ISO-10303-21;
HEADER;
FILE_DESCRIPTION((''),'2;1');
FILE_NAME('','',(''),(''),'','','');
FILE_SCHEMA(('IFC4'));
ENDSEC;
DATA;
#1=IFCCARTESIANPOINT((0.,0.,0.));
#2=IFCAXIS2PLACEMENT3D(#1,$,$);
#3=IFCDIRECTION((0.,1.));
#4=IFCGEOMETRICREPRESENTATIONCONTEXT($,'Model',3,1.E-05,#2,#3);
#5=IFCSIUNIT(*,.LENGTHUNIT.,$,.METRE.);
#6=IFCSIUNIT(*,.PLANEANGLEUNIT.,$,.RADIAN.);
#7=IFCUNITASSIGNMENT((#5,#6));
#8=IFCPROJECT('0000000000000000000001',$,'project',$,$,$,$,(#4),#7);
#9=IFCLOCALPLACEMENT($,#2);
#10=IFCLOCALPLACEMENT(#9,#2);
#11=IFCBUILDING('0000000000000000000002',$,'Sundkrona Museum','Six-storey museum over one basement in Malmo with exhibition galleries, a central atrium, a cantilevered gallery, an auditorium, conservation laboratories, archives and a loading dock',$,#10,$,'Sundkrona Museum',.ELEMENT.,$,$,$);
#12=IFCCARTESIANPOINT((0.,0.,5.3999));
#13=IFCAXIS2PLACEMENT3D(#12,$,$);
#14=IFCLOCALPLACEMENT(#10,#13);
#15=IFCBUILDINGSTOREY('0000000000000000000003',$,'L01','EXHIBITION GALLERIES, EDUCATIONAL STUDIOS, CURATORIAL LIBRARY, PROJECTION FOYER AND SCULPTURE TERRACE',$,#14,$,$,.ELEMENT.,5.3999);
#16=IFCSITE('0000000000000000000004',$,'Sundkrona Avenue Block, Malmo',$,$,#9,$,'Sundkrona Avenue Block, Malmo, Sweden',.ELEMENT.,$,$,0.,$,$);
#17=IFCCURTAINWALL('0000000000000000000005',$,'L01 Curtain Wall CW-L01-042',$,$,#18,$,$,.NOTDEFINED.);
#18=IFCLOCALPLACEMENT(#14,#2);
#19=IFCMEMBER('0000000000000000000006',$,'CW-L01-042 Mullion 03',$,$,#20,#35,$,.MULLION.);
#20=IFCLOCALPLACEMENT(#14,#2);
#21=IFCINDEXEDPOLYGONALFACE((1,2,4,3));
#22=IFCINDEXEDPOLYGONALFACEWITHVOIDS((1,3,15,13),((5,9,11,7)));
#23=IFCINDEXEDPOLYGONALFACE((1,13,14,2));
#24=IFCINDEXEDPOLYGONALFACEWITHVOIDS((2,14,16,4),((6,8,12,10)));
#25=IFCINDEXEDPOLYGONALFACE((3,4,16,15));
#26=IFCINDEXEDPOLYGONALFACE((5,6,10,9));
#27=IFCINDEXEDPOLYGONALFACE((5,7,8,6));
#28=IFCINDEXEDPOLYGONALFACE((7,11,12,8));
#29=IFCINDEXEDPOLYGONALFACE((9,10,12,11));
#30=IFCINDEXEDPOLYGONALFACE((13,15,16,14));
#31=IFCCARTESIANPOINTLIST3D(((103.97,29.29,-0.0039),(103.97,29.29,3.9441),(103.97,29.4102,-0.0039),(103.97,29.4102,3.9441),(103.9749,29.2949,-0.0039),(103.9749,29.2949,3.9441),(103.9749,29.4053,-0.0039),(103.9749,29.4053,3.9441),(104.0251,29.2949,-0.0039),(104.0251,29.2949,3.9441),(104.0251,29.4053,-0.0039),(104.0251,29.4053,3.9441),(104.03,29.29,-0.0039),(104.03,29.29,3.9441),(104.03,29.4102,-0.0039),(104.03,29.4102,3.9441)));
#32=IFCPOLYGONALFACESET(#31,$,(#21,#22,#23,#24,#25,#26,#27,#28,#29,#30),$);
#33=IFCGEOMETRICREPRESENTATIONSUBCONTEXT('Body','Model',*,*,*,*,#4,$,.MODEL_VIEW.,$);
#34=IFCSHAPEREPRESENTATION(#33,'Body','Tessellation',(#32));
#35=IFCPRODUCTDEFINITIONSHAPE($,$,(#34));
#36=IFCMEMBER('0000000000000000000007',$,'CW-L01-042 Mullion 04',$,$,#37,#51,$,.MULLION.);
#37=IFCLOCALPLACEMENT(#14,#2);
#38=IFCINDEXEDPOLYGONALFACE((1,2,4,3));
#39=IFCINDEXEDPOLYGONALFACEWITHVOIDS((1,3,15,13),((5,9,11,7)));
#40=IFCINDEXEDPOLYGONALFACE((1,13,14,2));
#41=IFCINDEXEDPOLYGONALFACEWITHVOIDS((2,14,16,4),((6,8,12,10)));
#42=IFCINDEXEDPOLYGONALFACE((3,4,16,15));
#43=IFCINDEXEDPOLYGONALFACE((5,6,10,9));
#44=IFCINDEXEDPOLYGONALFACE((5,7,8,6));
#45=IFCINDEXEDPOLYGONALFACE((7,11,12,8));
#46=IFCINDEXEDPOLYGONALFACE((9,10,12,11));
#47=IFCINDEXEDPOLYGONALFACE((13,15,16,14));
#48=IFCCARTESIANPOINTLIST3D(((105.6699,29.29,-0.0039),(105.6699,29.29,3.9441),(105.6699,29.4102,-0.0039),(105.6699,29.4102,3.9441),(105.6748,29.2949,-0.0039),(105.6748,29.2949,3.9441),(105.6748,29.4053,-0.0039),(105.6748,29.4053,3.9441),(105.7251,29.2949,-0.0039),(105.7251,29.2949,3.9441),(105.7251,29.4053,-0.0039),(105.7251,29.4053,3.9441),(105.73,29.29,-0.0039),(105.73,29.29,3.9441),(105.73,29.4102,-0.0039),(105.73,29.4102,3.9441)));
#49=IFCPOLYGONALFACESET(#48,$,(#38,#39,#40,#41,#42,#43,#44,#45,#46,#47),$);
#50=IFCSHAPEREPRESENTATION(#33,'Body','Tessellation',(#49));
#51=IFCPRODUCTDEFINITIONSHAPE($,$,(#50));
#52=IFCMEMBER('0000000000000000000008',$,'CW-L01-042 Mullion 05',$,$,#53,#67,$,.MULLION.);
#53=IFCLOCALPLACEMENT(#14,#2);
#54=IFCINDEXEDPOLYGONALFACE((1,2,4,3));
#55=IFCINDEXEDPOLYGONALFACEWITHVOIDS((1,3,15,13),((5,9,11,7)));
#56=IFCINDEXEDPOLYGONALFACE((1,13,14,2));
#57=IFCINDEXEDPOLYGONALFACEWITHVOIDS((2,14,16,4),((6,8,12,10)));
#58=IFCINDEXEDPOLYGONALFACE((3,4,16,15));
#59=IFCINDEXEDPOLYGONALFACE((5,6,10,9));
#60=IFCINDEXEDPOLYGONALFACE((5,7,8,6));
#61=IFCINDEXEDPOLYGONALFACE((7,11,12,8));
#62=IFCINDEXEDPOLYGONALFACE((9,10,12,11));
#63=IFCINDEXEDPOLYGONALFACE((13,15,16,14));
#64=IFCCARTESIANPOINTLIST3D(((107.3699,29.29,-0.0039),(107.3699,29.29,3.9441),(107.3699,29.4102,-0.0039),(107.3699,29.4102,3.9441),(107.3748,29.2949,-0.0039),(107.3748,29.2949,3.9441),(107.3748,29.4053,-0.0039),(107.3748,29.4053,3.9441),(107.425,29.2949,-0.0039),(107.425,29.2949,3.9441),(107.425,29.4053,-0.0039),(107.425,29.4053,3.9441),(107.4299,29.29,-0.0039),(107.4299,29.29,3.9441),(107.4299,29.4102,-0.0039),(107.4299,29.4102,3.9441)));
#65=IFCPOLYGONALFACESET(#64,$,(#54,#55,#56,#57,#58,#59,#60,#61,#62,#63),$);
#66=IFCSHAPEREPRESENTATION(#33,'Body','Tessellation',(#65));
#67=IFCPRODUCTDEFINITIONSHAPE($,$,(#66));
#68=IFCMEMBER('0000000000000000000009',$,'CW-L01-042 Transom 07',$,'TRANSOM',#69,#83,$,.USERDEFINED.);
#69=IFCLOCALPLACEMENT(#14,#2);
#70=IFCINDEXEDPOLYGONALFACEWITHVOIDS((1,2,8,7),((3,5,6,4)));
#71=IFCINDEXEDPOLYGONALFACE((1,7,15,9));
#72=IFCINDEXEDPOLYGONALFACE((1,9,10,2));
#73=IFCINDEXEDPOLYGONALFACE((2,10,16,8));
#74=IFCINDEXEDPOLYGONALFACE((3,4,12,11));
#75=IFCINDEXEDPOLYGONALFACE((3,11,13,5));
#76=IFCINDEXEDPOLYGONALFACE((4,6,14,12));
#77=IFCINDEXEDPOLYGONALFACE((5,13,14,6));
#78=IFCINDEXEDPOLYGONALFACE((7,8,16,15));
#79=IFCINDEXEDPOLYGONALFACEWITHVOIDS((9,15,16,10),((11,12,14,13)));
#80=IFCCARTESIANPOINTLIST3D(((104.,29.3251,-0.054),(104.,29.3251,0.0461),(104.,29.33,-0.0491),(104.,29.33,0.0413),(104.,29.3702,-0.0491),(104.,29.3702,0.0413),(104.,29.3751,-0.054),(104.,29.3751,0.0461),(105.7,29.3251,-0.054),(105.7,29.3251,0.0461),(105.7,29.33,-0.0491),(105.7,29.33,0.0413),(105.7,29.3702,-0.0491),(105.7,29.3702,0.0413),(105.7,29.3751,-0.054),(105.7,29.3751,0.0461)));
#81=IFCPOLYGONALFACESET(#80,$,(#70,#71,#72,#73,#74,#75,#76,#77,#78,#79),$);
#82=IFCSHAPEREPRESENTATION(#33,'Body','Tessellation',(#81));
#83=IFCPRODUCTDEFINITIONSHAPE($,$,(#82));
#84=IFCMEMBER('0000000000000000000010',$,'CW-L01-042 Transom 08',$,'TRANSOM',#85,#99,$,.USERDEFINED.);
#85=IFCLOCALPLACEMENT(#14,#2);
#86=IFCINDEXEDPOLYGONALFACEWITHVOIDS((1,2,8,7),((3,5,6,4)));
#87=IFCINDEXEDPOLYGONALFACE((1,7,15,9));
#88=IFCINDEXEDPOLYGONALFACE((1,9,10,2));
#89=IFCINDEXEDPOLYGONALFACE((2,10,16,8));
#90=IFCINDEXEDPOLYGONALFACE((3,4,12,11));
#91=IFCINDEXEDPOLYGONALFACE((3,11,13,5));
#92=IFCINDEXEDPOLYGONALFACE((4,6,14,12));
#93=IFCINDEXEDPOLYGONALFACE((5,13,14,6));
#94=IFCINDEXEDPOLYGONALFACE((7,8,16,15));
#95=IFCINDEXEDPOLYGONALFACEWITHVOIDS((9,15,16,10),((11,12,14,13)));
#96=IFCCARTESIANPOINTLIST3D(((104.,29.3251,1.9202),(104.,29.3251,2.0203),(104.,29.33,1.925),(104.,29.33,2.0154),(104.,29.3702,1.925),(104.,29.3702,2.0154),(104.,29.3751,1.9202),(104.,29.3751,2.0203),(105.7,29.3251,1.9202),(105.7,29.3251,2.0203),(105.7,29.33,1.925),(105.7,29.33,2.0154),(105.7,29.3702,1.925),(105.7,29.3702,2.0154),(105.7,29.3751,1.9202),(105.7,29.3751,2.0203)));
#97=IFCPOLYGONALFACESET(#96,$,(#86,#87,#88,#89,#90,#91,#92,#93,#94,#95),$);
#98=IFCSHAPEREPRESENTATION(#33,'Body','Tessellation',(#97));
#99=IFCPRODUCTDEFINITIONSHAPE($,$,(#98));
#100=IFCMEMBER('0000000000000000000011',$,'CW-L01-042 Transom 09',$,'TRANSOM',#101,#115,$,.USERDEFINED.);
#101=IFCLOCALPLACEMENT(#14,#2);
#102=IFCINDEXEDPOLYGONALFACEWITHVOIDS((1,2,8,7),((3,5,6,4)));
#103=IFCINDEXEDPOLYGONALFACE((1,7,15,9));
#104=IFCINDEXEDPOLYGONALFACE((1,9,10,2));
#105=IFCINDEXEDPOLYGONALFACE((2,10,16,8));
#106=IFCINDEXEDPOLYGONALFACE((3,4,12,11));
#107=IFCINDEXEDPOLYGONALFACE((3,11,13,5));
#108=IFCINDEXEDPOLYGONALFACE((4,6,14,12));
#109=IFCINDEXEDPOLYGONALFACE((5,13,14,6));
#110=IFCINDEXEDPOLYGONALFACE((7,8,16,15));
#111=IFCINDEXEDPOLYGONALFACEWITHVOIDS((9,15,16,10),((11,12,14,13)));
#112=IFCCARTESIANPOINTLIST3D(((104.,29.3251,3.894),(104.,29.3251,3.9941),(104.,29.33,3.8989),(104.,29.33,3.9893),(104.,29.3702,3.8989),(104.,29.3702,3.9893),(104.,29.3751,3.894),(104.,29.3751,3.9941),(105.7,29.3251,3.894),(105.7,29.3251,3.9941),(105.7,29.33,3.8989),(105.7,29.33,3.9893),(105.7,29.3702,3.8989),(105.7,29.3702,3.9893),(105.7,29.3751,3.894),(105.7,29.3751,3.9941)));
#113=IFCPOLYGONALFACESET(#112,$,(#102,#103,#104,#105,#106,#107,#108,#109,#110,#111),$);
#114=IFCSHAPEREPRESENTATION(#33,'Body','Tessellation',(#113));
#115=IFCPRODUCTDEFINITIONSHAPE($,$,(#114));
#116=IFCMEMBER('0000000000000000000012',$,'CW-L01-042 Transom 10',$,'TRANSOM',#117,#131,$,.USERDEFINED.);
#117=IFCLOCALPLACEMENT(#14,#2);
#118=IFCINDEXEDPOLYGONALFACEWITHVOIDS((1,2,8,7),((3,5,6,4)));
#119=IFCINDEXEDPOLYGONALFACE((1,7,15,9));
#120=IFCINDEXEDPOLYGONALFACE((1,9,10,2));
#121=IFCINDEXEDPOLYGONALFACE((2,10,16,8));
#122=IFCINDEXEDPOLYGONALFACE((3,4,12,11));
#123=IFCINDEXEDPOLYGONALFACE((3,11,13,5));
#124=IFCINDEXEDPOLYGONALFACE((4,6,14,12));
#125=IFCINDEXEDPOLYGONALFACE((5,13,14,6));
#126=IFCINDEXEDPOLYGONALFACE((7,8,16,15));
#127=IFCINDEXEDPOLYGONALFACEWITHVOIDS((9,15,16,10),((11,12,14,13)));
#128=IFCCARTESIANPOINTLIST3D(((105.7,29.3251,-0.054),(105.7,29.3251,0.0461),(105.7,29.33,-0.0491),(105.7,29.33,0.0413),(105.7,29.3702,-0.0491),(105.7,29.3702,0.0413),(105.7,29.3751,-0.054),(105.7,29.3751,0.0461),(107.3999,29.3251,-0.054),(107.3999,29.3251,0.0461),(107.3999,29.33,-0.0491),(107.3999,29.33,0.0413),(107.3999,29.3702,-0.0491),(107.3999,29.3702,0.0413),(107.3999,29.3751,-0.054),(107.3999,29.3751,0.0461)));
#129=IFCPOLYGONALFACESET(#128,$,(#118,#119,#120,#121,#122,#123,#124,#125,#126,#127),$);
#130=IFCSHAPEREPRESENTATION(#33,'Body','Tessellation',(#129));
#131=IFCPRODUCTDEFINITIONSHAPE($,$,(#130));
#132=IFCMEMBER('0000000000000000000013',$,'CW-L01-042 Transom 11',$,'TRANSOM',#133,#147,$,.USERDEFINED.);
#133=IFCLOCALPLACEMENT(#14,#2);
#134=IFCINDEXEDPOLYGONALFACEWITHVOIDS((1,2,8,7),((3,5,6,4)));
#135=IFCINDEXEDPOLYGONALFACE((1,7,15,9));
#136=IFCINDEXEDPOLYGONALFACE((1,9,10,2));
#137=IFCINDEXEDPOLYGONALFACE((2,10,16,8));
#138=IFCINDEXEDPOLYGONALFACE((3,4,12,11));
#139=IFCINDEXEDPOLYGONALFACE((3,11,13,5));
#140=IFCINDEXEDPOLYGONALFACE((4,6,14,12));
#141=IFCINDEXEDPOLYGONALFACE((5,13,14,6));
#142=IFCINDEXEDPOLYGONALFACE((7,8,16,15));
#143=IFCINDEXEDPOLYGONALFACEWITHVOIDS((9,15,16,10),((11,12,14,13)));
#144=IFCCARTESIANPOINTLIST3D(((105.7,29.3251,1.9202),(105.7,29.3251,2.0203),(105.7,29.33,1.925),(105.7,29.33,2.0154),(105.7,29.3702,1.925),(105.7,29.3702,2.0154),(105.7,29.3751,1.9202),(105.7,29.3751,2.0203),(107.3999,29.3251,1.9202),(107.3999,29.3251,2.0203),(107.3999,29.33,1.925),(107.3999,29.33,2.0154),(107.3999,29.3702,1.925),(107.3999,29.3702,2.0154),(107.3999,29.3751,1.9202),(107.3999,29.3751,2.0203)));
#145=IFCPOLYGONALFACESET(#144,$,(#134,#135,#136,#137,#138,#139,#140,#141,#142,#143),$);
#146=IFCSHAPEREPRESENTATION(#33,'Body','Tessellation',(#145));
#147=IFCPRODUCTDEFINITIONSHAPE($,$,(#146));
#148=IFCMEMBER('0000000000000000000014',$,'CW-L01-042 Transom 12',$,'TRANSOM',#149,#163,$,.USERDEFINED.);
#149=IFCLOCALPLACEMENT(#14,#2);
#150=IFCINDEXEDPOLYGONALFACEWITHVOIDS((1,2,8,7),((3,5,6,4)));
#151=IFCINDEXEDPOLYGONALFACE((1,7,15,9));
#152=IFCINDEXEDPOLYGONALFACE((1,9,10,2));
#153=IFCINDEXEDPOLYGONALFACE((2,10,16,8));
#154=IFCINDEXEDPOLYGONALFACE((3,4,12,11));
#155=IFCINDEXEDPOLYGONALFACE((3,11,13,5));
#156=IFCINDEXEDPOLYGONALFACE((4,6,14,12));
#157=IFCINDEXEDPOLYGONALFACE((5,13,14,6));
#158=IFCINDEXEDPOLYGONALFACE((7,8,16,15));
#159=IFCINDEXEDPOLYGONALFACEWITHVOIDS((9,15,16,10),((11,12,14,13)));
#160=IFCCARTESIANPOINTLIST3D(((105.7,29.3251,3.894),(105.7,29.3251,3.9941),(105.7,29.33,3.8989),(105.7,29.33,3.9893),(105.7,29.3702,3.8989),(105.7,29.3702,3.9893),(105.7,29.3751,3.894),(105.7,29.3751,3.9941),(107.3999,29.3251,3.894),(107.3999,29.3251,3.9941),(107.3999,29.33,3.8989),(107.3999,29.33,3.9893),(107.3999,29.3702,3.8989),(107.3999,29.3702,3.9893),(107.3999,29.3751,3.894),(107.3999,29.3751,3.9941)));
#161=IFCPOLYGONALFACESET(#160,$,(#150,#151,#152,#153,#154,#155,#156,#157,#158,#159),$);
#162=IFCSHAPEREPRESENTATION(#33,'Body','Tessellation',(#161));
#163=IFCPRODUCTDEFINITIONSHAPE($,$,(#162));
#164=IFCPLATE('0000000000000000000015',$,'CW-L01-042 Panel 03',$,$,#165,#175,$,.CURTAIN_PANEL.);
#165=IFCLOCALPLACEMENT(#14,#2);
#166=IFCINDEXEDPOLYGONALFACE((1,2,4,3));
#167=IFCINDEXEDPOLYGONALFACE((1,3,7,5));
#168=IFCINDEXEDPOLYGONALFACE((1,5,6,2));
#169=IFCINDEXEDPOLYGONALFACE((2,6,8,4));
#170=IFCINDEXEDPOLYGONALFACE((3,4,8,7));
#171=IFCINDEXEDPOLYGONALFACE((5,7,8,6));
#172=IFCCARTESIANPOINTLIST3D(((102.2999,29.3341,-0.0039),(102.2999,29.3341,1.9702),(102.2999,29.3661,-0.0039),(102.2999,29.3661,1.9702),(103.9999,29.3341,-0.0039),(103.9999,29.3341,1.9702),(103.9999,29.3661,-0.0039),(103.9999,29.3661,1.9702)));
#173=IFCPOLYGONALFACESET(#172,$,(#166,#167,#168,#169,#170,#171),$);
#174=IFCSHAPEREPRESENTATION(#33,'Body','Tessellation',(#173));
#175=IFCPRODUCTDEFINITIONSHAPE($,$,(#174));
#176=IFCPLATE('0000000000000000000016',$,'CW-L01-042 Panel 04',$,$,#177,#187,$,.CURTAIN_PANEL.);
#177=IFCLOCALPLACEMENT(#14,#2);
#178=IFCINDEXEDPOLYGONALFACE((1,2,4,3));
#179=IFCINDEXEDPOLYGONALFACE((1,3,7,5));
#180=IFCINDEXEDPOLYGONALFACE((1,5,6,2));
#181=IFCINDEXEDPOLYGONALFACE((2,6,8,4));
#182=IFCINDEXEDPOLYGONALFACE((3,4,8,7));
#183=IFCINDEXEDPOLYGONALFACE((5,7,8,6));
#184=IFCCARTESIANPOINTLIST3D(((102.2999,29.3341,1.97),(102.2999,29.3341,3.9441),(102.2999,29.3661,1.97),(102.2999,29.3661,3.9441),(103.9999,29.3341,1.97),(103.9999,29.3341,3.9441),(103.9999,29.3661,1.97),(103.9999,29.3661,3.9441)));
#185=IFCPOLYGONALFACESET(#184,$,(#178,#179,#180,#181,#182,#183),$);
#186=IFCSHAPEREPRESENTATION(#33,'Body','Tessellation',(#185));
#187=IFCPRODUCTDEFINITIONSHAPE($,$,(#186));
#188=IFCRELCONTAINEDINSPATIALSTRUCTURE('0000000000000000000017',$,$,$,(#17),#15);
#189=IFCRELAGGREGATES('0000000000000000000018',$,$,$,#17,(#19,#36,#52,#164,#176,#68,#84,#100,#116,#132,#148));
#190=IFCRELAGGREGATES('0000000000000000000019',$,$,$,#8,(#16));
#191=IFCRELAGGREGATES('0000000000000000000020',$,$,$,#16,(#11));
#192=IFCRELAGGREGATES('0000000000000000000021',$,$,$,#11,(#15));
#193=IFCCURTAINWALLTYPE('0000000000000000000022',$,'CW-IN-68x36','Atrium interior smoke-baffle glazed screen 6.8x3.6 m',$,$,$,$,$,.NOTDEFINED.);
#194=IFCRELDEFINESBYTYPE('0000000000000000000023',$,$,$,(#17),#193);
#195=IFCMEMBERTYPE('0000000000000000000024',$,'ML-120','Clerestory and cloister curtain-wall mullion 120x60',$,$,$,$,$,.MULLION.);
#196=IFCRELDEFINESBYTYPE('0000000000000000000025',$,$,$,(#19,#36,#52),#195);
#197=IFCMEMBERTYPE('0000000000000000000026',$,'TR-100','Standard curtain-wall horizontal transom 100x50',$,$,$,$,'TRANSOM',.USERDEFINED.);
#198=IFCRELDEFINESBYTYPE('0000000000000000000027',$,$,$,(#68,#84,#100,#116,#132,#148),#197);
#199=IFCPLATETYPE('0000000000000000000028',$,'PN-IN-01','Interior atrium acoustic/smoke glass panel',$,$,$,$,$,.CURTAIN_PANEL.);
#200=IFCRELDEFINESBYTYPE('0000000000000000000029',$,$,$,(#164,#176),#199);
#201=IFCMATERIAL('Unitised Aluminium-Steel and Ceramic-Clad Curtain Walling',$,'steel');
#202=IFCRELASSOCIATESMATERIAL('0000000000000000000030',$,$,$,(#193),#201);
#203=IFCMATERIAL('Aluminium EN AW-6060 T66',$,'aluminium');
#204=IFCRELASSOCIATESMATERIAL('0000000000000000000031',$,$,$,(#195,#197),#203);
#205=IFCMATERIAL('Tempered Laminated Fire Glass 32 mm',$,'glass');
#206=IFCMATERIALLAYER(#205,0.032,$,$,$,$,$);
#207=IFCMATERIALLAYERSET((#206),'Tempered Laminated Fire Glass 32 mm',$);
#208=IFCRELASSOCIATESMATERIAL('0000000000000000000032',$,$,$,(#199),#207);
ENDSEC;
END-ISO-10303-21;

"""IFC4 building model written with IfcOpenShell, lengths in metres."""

from ifc_helpers import new_model, si_unit, direction, frame, origin, origin_2d, place, context, subcontext, project, spatial, rectangle, hollow_rectangle, extrude, material, layer, layer_set, material_profile, profile_set, type_object, element, aggregate, save


model = new_model("IFC4")

# Units and contexts
model_context = context("Model", 3, precision=1e-05, world=origin(), true_north=direction((0.0, 1.0)))
body_context = subcontext(model_context, "Body", "Model", "MODEL_VIEW")
ifc_project = project(units=[si_unit("LENGTHUNIT", "METRE"), si_unit("PLANEANGLEUNIT", "RADIAN")], contexts=[model_context])

# Site, building, storey
site_placement = place(None, origin())
site = spatial("IfcSite", under=ifc_project, at=site_placement, Name="Sundkrona Avenue Block, Malmo", LongName="Sundkrona Avenue Block, Malmo, Sweden", CompositionType="ELEMENT", RefElevation=0.0)
building_placement = place(site_placement, origin())
building = spatial("IfcBuilding", under=site, at=building_placement, Name="Sundkrona Museum", Description="Six-storey museum over one basement in Malmo with exhibition galleries, a central atrium, a cantilevered gallery, an auditorium, conservation laboratories, archives and a loading dock", LongName="Sundkrona Museum", CompositionType="ELEMENT")
storey_placement = place(building_placement, frame((0.0, 0.0, 5.3999)))
storey = spatial("IfcBuildingStorey", under=building, at=storey_placement, Name="L01", Description="EXHIBITION GALLERIES, EDUCATIONAL STUDIOS, CURATORIAL LIBRARY, PROJECTION FOYER AND SCULPTURE TERRACE", CompositionType="ELEMENT", Elevation=5.3999)

# Curtain wall, members, plates
ifc_material_1 = material(Name="Unitised Aluminium-Steel and Ceramic-Clad Curtain Walling", Category="steel")
curtain_wall_type = type_object("IfcCurtainWallType", Name="CW-IN-68x36", Description="Atrium interior smoke-baffle glazed screen 6.8x3.6 m", PredefinedType="NOTDEFINED", material=ifc_material_1)
curtain_wall_placement = place(storey_placement, origin())
curtain_wall = element("IfcCurtainWall", 1, at=curtain_wall_placement, inside=storey, type_object=curtain_wall_type, Name="L01 Curtain Wall CW-L01-042", PredefinedType="NOTDEFINED")
ifc_material_2 = material(Name="Aluminium EN AW-6060 T66", Category="aluminium")
ifc_material_profile_1 = material_profile(ifc_material_2, hollow_rectangle(XDim=0.0601, YDim=0.1201, WallThickness=0.0049, at=origin_2d()), Name="RHS 120x60x5.0")
ifc_profile_set_1 = profile_set([ifc_material_profile_1], Name="Aluminium EN AW-6060 T66")
member_type_1 = type_object("IfcMemberType", Name="ML-120", Description="Clerestory and cloister curtain-wall mullion 120x60", PredefinedType="MULLION", material=ifc_profile_set_1)
member_1_placement = place(storey_placement, frame((104.0, 29.3501, -0.0039), z_axis=(0.0, 0.0, 1.0), x_axis=(1.0, 0.0, 0.0)))
member_1 = element("IfcMember", 2, at=member_1_placement, type_object=member_type_1, Name="CW-L01-042 Mullion 03", PredefinedType="MULLION", context=body_context, shape_type="SweptSolid", body=[
    extrude(hollow_rectangle(XDim=0.0601, YDim=0.1201, WallThickness=0.0049, at=origin_2d()), origin(), (0.0, 0.0, 1.0), 3.948),
])
member_2_placement = place(storey_placement, frame((105.7, 29.3501, -0.0039), z_axis=(0.0, 0.0, 1.0), x_axis=(1.0, 0.0, 0.0)))
member_2 = element("IfcMember", 3, at=member_2_placement, type_object=member_type_1, Name="CW-L01-042 Mullion 04", PredefinedType="MULLION", context=body_context, shape_type="SweptSolid", body=[
    extrude(hollow_rectangle(XDim=0.0601, YDim=0.1201, WallThickness=0.0049, at=origin_2d()), origin(), (0.0, 0.0, 1.0), 3.948),
])
member_3_placement = place(storey_placement, frame((107.3999, 29.3501, -0.0039), z_axis=(0.0, 0.0, 1.0), x_axis=(1.0, 0.0, 0.0)))
member_3 = element("IfcMember", 4, at=member_3_placement, type_object=member_type_1, Name="CW-L01-042 Mullion 05", PredefinedType="MULLION", context=body_context, shape_type="SweptSolid", body=[
    extrude(hollow_rectangle(XDim=0.0601, YDim=0.1201, WallThickness=0.0049, at=origin_2d()), origin(), (0.0, 0.0, 1.0), 3.948),
])
ifc_material_profile_2 = material_profile(ifc_material_2, hollow_rectangle(XDim=0.05, YDim=0.1001, WallThickness=0.0049, at=origin_2d()), Name="RHS 100x50x5.0")
ifc_profile_set_2 = profile_set([ifc_material_profile_2], Name="Aluminium EN AW-6060 T66")
member_type_2 = type_object("IfcMemberType", Name="TR-100", Description="Standard curtain-wall horizontal transom 100x50", ElementType="TRANSOM", PredefinedType="USERDEFINED", material=ifc_profile_set_2)
member_4_placement = place(storey_placement, frame((104.0, 29.3501, -0.0039), z_axis=(1.0, 0.0, 0.0), x_axis=(0.0, 1.0, 0.0)))
member_4 = element("IfcMember", 5, at=member_4_placement, type_object=member_type_2, Name="CW-L01-042 Transom 07", ObjectType="TRANSOM", PredefinedType="USERDEFINED", context=body_context, shape_type="SweptSolid", body=[
    extrude(hollow_rectangle(XDim=0.05, YDim=0.1001, WallThickness=0.0049, at=origin_2d()), origin(), (0.0, 0.0, 1.0), 1.7),
])
member_5_placement = place(storey_placement, frame((104.0, 29.3501, 1.9702), z_axis=(1.0, 0.0, 0.0), x_axis=(0.0, 1.0, 0.0)))
member_5 = element("IfcMember", 6, at=member_5_placement, type_object=member_type_2, Name="CW-L01-042 Transom 08", ObjectType="TRANSOM", PredefinedType="USERDEFINED", context=body_context, shape_type="SweptSolid", body=[
    extrude(hollow_rectangle(XDim=0.05, YDim=0.1001, WallThickness=0.0049, at=origin_2d()), origin(), (0.0, 0.0, 1.0), 1.7),
])
member_6_placement = place(storey_placement, frame((104.0, 29.3501, 3.9441), z_axis=(1.0, 0.0, 0.0), x_axis=(0.0, 1.0, 0.0)))
member_6 = element("IfcMember", 7, at=member_6_placement, type_object=member_type_2, Name="CW-L01-042 Transom 09", ObjectType="TRANSOM", PredefinedType="USERDEFINED", context=body_context, shape_type="SweptSolid", body=[
    extrude(hollow_rectangle(XDim=0.05, YDim=0.1001, WallThickness=0.0049, at=origin_2d()), origin(), (0.0, 0.0, 1.0), 1.7),
])
member_7_placement = place(storey_placement, frame((105.7, 29.3501, -0.0039), z_axis=(1.0, 0.0, 0.0), x_axis=(0.0, 1.0, 0.0)))
member_7 = element("IfcMember", 8, at=member_7_placement, type_object=member_type_2, Name="CW-L01-042 Transom 10", ObjectType="TRANSOM", PredefinedType="USERDEFINED", context=body_context, shape_type="SweptSolid", body=[
    extrude(hollow_rectangle(XDim=0.05, YDim=0.1001, WallThickness=0.0049, at=origin_2d()), origin(), (0.0, 0.0, 1.0), 1.7),
])
member_8_placement = place(storey_placement, frame((105.7, 29.3501, 1.9702), z_axis=(1.0, 0.0, 0.0), x_axis=(0.0, 1.0, 0.0)))
member_8 = element("IfcMember", 9, at=member_8_placement, type_object=member_type_2, Name="CW-L01-042 Transom 11", ObjectType="TRANSOM", PredefinedType="USERDEFINED", context=body_context, shape_type="SweptSolid", body=[
    extrude(hollow_rectangle(XDim=0.05, YDim=0.1001, WallThickness=0.0049, at=origin_2d()), origin(), (0.0, 0.0, 1.0), 1.7),
])
member_9_placement = place(storey_placement, frame((105.7, 29.3501, 3.9441), z_axis=(1.0, 0.0, 0.0), x_axis=(0.0, 1.0, 0.0)))
member_9 = element("IfcMember", 10, at=member_9_placement, type_object=member_type_2, Name="CW-L01-042 Transom 12", ObjectType="TRANSOM", PredefinedType="USERDEFINED", context=body_context, shape_type="SweptSolid", body=[
    extrude(hollow_rectangle(XDim=0.05, YDim=0.1001, WallThickness=0.0049, at=origin_2d()), origin(), (0.0, 0.0, 1.0), 1.7),
])
ifc_material_3 = material(Name="Tempered Laminated Fire Glass 32 mm", Category="glass")
ifc_layer_1 = layer(ifc_material_3, 0.032)
ifc_layer_set_1 = layer_set([ifc_layer_1], Name="Tempered Laminated Fire Glass 32 mm")
plate_type = type_object("IfcPlateType", Name="PN-IN-01", Description="Interior atrium acoustic/smoke glass panel", PredefinedType="CURTAIN_PANEL", material=ifc_layer_set_1)
plate_1_placement = place(storey_placement, frame((103.1499, 29.3501, -0.0039), z_axis=(0.0, 0.0, 1.0), x_axis=(1.0, 0.0, 0.0)))
plate_1 = element("IfcPlate", 11, at=plate_1_placement, type_object=plate_type, Name="CW-L01-042 Panel 03", PredefinedType="CURTAIN_PANEL", context=body_context, shape_type="SweptSolid", body=[
    extrude(rectangle(XDim=1.7, YDim=0.032, at=origin_2d()), origin(), (0.0, 0.0, 1.0), 1.9741),
])
plate_2_placement = place(storey_placement, frame((103.1499, 29.3501, 1.97), z_axis=(0.0, 0.0, 1.0), x_axis=(1.0, 0.0, 0.0)))
plate_2 = element("IfcPlate", 12, at=plate_2_placement, type_object=plate_type, Name="CW-L01-042 Panel 04", PredefinedType="CURTAIN_PANEL", context=body_context, shape_type="SweptSolid", body=[
    extrude(rectangle(XDim=1.7, YDim=0.032, at=origin_2d()), origin(), (0.0, 0.0, 1.0), 1.9741),
])
aggregate(curtain_wall, [member_1, member_2, member_3, plate_1, plate_2, member_4, member_5, member_6, member_7, member_8, member_9])

save(model, "model.ifc")
